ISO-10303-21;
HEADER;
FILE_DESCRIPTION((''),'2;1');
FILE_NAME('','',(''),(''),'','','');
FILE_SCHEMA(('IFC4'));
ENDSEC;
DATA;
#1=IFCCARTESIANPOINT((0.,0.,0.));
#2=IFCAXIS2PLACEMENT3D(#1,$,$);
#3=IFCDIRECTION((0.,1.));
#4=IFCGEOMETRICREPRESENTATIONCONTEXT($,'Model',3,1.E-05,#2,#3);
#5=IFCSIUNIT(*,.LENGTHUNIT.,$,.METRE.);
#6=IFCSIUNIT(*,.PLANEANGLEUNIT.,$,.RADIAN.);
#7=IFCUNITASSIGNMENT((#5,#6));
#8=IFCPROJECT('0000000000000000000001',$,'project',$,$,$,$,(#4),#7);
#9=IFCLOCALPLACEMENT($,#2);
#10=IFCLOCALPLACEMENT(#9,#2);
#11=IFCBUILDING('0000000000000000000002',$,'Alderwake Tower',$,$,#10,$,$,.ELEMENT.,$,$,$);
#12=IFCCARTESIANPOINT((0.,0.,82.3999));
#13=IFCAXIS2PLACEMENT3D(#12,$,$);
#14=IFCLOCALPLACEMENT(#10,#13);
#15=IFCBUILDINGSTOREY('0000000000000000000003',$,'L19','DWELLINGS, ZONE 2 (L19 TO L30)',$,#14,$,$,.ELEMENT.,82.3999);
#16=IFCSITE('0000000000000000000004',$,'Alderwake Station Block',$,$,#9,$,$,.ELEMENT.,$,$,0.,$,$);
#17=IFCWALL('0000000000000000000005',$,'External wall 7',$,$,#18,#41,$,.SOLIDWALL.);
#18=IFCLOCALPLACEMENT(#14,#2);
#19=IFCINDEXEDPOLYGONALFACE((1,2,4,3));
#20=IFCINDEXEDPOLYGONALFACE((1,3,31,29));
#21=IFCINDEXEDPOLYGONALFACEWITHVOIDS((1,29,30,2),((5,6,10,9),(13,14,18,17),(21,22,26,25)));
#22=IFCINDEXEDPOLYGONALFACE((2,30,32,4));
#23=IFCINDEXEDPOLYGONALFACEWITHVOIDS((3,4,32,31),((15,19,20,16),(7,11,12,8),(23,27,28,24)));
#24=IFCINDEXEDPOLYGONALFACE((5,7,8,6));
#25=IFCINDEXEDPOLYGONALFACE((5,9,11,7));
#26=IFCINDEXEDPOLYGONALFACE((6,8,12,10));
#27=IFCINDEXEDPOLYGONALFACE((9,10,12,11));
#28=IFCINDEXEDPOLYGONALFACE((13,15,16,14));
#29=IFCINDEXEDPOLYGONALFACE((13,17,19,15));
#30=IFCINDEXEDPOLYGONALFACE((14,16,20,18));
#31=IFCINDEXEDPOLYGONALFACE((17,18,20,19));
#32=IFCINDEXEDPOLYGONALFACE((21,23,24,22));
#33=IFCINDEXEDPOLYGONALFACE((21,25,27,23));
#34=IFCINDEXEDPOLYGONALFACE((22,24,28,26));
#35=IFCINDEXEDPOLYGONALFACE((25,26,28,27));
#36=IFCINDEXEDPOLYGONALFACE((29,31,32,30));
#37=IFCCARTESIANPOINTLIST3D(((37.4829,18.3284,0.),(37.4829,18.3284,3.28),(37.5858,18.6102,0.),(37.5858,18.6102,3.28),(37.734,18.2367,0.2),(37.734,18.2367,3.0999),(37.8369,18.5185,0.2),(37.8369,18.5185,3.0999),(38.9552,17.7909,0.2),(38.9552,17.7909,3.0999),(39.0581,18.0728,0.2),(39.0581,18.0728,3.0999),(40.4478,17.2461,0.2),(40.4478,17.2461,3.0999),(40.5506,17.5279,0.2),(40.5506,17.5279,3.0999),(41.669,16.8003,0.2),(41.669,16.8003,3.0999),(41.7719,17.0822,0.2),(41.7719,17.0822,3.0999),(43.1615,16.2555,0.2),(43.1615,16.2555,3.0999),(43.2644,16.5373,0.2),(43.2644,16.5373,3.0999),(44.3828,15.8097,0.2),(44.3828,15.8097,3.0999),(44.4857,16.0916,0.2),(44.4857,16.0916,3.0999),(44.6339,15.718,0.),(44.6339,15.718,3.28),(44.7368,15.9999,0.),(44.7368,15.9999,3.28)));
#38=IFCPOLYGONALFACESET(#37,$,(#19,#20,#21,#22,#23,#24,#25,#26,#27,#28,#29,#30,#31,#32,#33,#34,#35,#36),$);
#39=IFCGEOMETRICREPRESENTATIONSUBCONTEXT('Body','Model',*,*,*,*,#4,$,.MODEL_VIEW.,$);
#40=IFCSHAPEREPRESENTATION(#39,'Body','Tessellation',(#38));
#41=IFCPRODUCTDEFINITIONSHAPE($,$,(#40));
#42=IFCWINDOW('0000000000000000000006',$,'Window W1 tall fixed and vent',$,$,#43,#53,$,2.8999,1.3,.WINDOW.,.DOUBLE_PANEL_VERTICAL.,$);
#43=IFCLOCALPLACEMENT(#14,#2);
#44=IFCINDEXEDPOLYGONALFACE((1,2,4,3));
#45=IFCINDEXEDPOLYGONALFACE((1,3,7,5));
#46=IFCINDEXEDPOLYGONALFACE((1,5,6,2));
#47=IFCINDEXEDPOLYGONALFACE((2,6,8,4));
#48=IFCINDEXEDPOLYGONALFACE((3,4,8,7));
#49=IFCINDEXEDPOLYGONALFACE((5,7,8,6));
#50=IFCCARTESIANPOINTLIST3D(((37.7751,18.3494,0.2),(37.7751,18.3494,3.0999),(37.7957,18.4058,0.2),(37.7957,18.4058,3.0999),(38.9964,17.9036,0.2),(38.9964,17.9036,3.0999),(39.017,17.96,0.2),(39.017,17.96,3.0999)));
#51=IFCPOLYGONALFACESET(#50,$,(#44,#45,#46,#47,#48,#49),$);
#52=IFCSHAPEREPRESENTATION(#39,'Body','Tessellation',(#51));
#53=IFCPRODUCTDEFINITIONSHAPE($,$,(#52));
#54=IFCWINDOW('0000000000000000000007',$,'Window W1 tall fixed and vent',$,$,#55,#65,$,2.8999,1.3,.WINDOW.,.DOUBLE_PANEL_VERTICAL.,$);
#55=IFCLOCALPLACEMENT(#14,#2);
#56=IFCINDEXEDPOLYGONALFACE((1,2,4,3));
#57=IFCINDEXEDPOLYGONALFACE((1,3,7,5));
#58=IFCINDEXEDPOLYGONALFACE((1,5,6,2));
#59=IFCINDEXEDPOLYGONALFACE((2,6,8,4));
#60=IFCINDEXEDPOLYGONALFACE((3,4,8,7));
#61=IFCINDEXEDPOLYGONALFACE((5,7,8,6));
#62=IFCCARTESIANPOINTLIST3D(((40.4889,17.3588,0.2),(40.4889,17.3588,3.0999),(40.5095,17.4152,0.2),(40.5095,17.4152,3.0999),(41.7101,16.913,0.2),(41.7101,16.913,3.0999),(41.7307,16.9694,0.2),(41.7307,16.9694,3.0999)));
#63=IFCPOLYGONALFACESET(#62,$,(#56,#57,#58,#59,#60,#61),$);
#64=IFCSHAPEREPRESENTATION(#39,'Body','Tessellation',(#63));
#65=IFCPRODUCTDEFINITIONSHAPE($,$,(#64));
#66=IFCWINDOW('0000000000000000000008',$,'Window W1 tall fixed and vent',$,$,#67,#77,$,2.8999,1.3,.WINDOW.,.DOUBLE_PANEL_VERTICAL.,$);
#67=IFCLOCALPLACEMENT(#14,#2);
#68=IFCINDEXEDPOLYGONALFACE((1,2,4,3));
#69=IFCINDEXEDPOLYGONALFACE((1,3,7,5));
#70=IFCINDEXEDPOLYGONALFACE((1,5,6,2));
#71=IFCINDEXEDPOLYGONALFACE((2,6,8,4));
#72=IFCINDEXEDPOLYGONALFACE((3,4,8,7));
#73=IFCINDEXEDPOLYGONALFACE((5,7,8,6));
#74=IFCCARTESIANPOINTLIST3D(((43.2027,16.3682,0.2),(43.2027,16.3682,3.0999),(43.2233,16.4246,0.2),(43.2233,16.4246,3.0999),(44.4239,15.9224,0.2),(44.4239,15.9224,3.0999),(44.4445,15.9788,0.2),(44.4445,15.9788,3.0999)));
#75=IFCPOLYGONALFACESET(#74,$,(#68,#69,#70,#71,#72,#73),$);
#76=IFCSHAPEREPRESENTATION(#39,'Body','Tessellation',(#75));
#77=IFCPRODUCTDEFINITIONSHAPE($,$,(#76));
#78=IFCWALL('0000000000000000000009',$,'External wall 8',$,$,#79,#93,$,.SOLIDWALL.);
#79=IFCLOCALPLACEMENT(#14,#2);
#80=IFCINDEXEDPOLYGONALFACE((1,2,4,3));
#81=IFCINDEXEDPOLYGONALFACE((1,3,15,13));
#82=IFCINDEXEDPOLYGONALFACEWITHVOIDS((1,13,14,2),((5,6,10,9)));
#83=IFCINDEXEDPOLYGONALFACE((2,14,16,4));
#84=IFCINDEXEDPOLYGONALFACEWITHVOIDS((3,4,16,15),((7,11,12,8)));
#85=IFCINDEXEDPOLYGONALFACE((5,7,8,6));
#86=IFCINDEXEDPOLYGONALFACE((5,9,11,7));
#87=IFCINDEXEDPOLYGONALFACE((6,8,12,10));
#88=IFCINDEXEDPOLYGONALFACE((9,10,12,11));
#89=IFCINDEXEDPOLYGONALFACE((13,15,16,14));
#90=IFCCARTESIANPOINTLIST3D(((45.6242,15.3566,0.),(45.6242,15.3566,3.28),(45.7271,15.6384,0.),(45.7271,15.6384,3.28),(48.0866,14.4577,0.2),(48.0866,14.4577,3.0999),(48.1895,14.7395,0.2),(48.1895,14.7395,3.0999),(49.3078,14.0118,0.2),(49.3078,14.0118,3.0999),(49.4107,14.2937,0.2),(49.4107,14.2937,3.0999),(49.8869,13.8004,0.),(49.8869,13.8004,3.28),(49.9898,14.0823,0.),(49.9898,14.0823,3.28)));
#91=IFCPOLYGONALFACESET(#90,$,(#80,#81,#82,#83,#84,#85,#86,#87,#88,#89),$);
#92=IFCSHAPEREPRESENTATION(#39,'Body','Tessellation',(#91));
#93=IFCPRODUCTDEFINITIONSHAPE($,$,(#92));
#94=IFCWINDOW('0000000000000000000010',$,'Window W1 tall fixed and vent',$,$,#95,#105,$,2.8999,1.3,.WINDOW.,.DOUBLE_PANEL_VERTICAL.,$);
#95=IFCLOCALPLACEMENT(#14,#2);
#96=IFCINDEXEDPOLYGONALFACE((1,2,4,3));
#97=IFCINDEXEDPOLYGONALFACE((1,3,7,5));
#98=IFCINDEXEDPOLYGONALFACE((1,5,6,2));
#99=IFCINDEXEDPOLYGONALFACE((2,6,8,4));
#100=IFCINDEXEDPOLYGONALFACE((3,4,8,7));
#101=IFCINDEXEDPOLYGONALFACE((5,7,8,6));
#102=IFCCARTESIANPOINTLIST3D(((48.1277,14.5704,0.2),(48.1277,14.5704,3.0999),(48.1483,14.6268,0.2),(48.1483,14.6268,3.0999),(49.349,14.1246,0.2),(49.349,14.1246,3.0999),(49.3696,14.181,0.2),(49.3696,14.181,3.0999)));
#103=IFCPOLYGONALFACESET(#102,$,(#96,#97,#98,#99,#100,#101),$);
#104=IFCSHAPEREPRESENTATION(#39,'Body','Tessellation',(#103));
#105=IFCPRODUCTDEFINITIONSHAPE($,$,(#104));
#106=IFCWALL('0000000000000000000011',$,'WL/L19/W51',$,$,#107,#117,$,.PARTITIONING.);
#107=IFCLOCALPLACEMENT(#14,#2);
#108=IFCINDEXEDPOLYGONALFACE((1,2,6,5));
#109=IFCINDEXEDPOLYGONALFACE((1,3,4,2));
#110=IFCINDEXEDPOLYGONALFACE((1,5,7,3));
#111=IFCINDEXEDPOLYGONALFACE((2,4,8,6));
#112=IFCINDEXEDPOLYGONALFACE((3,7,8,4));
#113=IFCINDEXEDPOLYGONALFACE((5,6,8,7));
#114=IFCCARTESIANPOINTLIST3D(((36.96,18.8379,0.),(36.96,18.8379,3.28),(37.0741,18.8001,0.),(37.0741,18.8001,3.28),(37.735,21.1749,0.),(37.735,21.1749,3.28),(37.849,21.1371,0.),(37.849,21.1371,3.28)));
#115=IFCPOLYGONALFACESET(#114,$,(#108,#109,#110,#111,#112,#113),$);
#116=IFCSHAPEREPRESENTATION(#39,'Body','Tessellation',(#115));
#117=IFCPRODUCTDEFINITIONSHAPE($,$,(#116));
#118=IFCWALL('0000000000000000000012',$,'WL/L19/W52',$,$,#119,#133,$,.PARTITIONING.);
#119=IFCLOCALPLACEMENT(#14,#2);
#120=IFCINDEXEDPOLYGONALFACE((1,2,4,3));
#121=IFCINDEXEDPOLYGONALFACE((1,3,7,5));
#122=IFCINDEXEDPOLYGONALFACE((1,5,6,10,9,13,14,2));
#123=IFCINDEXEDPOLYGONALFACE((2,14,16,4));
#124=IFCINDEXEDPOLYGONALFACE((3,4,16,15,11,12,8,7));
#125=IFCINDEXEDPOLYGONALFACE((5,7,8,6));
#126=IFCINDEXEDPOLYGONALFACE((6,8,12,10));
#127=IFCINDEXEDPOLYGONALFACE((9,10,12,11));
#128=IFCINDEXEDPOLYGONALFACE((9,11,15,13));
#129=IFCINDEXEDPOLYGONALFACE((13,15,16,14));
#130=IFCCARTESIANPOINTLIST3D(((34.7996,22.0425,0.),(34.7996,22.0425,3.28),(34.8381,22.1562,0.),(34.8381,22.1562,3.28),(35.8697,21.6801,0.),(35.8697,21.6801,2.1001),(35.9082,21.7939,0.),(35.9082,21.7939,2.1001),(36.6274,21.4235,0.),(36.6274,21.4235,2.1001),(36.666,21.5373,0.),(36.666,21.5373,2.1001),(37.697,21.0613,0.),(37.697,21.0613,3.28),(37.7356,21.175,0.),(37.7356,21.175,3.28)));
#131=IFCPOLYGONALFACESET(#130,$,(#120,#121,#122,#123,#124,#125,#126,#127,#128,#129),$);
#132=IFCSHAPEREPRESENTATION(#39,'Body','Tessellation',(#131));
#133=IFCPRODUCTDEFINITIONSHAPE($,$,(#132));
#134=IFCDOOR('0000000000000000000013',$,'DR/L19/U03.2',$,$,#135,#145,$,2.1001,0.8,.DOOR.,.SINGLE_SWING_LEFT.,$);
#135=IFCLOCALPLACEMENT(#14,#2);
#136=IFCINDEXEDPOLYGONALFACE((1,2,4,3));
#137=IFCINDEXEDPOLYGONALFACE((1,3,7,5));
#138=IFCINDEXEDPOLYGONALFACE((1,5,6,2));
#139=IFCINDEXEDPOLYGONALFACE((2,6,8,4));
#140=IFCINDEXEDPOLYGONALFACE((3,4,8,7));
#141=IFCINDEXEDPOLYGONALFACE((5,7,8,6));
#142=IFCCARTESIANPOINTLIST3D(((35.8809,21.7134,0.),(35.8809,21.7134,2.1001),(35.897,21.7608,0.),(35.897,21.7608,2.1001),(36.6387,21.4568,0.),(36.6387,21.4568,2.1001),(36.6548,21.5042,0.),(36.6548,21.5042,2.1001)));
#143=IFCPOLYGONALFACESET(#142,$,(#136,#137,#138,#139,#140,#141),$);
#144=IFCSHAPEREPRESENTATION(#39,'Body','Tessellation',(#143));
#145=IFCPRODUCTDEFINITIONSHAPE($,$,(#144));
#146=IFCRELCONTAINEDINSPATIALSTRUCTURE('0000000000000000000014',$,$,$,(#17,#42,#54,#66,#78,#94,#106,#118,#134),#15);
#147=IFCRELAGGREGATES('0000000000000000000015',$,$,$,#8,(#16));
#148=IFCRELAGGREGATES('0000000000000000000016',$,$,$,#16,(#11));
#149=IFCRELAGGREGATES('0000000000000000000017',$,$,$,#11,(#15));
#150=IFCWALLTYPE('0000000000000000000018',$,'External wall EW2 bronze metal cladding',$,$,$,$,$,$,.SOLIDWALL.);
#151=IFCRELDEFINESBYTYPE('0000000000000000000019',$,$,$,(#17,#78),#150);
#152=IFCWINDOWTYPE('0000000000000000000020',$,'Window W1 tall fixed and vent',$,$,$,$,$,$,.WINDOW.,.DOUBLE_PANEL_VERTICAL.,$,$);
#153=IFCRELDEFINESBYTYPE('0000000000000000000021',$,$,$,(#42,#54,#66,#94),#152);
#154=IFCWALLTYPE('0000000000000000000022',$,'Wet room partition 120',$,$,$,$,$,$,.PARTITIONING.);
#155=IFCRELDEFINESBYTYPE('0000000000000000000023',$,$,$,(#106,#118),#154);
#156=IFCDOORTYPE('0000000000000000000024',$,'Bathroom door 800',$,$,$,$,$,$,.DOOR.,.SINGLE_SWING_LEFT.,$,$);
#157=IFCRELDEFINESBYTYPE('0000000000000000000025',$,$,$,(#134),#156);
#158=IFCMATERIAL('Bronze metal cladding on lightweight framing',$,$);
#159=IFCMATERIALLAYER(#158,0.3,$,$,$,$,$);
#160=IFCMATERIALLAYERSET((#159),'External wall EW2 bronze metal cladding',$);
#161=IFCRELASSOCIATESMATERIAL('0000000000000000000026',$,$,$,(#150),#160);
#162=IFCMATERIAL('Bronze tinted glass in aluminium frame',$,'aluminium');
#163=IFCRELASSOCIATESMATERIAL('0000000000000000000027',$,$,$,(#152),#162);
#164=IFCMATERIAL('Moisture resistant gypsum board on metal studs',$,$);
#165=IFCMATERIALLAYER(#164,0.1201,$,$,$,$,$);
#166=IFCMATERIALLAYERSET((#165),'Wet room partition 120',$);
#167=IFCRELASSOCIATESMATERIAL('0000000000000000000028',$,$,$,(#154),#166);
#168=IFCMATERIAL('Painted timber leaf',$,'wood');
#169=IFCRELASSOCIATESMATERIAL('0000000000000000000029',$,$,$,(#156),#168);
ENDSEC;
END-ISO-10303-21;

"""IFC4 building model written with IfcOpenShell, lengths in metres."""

from ifc_helpers import new_model, si_unit, direction, frame, frame_2d, origin, place, context, subcontext, project, spatial, rectangle, extrude, material, layer, layer_set, type_object, element, fill, save


model = new_model("IFC4")

# Units and contexts
model_context = context("Model", 3, precision=1e-05, world=origin(), true_north=direction((0.0, 1.0)))
body_context = subcontext(model_context, "Body", "Model", "MODEL_VIEW")
ifc_project = project(units=[si_unit("LENGTHUNIT", "METRE"), si_unit("PLANEANGLEUNIT", "RADIAN")], contexts=[model_context])

# Site, building, storey
site_placement = place(None, origin())
site = spatial("IfcSite", under=ifc_project, at=site_placement, Name="Alderwake Station Block", CompositionType="ELEMENT", RefElevation=0.0)
building_placement = place(site_placement, origin())
building = spatial("IfcBuilding", under=site, at=building_placement, Name="Alderwake Tower", CompositionType="ELEMENT")
storey_placement = place(building_placement, frame((0.0, 0.0, 82.3999)))
storey = spatial("IfcBuildingStorey", under=building, at=storey_placement, Name="L19", Description="DWELLINGS, ZONE 2 (L19 TO L30)", CompositionType="ELEMENT", Elevation=82.3999)

# Wall, openings, windows
ifc_material_1 = material(Name="Bronze metal cladding on lightweight framing")
ifc_layer_1 = layer(ifc_material_1, 0.3)
ifc_layer_set_1 = layer_set([ifc_layer_1], Name="External wall EW2 bronze metal cladding")
wall_type_1 = type_object("IfcWallType", Name="External wall EW2 bronze metal cladding", PredefinedType="SOLIDWALL", material=ifc_layer_set_1)
wall_1_placement = place(storey_placement, frame((37.5344, 18.4692, 0.0), z_axis=(0.0, 0.0, 1.0), x_axis=(0.939373, -0.342896, 0.0)))
wall_1 = element("IfcWall", 1, at=wall_1_placement, inside=storey, type_object=wall_type_1, Name="External wall 7", PredefinedType="SOLIDWALL", context=body_context, shape_type="SweptSolid", body=[
    extrude(rectangle(XDim=7.6125, YDim=0.3, at=frame_2d((3.8062, 0.0))), origin(), (0.0, 0.0, 1.0), 3.28),
])
opening_1_placement = place(wall_1_placement, frame((0.2673, 0.0, 0.2)))
opening_1 = element("IfcOpeningElement", 2, at=opening_1_placement, cuts=wall_1, PredefinedType="OPENING", context=body_context, shape_type="SweptSolid", body=[
    extrude(rectangle(XDim=1.3, YDim=2.8999, at=frame_2d((0.6499, 1.45))), frame((0.0, 0.1599, 0.0), z_axis=(0.0, -1.0, 0.0), x_axis=(1.0, 0.0, 0.0)), (0.0, 0.0, 1.0), 0.3201),
])
opening_2_placement = place(wall_1_placement, frame((3.1562, 0.0, 0.2)))
opening_2 = element("IfcOpeningElement", 3, at=opening_2_placement, cuts=wall_1, PredefinedType="OPENING", context=body_context, shape_type="SweptSolid", body=[
    extrude(rectangle(XDim=1.3, YDim=2.8999, at=frame_2d((0.6499, 1.45))), frame((0.0, 0.1599, 0.0), z_axis=(0.0, -1.0, 0.0), x_axis=(1.0, 0.0, 0.0)), (0.0, 0.0, 1.0), 0.3201),
])
opening_3_placement = place(wall_1_placement, frame((6.0452, 0.0, 0.2)))
opening_3 = element("IfcOpeningElement", 4, at=opening_3_placement, cuts=wall_1, PredefinedType="OPENING", context=body_context, shape_type="SweptSolid", body=[
    extrude(rectangle(XDim=1.3, YDim=2.8999, at=frame_2d((0.6499, 1.45))), frame((0.0, 0.1599, 0.0), z_axis=(0.0, -1.0, 0.0), x_axis=(1.0, 0.0, 0.0)), (0.0, 0.0, 1.0), 0.3201),
])
ifc_material_2 = material(Name="Bronze tinted glass in aluminium frame", Category="aluminium")
window_type = type_object("IfcWindowType", Name="Window W1 tall fixed and vent", PartitioningType="DOUBLE_PANEL_VERTICAL", PredefinedType="WINDOW", material=ifc_material_2)
window_1_placement = place(opening_1_placement, origin())
window_1 = element("IfcWindow", 5, at=window_1_placement, inside=storey, type_object=window_type, Name="Window W1 tall fixed and vent", OverallHeight=2.8999, OverallWidth=1.3, PartitioningType="DOUBLE_PANEL_VERTICAL", PredefinedType="WINDOW", context=body_context, shape_type="SweptSolid", body=[
    extrude(rectangle(XDim=1.3, YDim=2.8999, at=frame_2d((0.6499, 1.45))), frame((0.0, 0.03, 0.0), z_axis=(0.0, -1.0, 0.0), x_axis=(1.0, 0.0, 0.0)), (0.0, 0.0, 1.0), 0.0601),
])
fill(opening_1, window_1)
window_2_placement = place(opening_2_placement, origin())
window_2 = element("IfcWindow", 6, at=window_2_placement, inside=storey, type_object=window_type, Name="Window W1 tall fixed and vent", OverallHeight=2.8999, OverallWidth=1.3, PartitioningType="DOUBLE_PANEL_VERTICAL", PredefinedType="WINDOW", context=body_context, shape_type="SweptSolid", body=[
    extrude(rectangle(XDim=1.3, YDim=2.8999, at=frame_2d((0.6499, 1.45))), frame((0.0, 0.03, 0.0), z_axis=(0.0, -1.0, 0.0), x_axis=(1.0, 0.0, 0.0)), (0.0, 0.0, 1.0), 0.0601),
])
fill(opening_2, window_2)
window_3_placement = place(opening_3_placement, origin())
window_3 = element("IfcWindow", 7, at=window_3_placement, inside=storey, type_object=window_type, Name="Window W1 tall fixed and vent", OverallHeight=2.8999, OverallWidth=1.3, PartitioningType="DOUBLE_PANEL_VERTICAL", PredefinedType="WINDOW", context=body_context, shape_type="SweptSolid", body=[
    extrude(rectangle(XDim=1.3, YDim=2.8999, at=frame_2d((0.6499, 1.45))), frame((0.0, 0.03, 0.0), z_axis=(0.0, -1.0, 0.0), x_axis=(1.0, 0.0, 0.0)), (0.0, 0.0, 1.0), 0.0601),
])
fill(opening_3, window_3)

# Wall, opening, window
wall_2_placement = place(storey_placement, frame((45.6755, 15.4976, 0.0), z_axis=(0.0, 0.0, 1.0), x_axis=(0.939362, -0.342926, 0.0)))
wall_2 = element("IfcWall", 8, at=wall_2_placement, inside=storey, type_object=wall_type_1, Name="External wall 8", PredefinedType="SOLIDWALL", context=body_context, shape_type="SweptSolid", body=[
    extrude(rectangle(XDim=4.5378, YDim=0.3, at=frame_2d((2.269, 0.0))), origin(), (0.0, 0.0, 1.0), 3.28),
])
opening_4_placement = place(wall_2_placement, frame((2.6216, 0.0, 0.2)))
opening_4 = element("IfcOpeningElement", 9, at=opening_4_placement, cuts=wall_2, PredefinedType="OPENING", context=body_context, shape_type="SweptSolid", body=[
    extrude(rectangle(XDim=1.3, YDim=2.8999, at=frame_2d((0.6499, 1.45))), frame((0.0, 0.1599, 0.0), z_axis=(0.0, -1.0, 0.0), x_axis=(1.0, 0.0, 0.0)), (0.0, 0.0, 1.0), 0.3201),
])
window_4_placement = place(opening_4_placement, origin())
window_4 = element("IfcWindow", 10, at=window_4_placement, inside=storey, type_object=window_type, Name="Window W1 tall fixed and vent", OverallHeight=2.8999, OverallWidth=1.3, PartitioningType="DOUBLE_PANEL_VERTICAL", PredefinedType="WINDOW", context=body_context, shape_type="SweptSolid", body=[
    extrude(rectangle(XDim=1.3, YDim=2.8999, at=frame_2d((0.6499, 1.45))), frame((0.0, 0.03, 0.0), z_axis=(0.0, -1.0, 0.0), x_axis=(1.0, 0.0, 0.0)), (0.0, 0.0, 1.0), 0.0601),
])
fill(opening_4, window_4)

# Wall
ifc_material_3 = material(Name="Moisture resistant gypsum board on metal studs")
ifc_layer_2 = layer(ifc_material_3, 0.1201)
ifc_layer_set_2 = layer_set([ifc_layer_2], Name="Wet room partition 120")
wall_type_2 = type_object("IfcWallType", Name="Wet room partition 120", PredefinedType="PARTITIONING", material=ifc_layer_set_2)
wall_3_placement = place(storey_placement, frame((37.0171, 18.8191, 0.0), z_axis=(0.0, 0.0, 1.0), x_axis=(0.31474, 0.949178, 0.0)))
element("IfcWall", 11, at=wall_3_placement, inside=storey, type_object=wall_type_2, Name="WL/L19/W51", PredefinedType="PARTITIONING", context=body_context, shape_type="SweptSolid", body=[
    extrude(rectangle(XDim=2.4622, YDim=0.1201, at=frame_2d((1.231, 0.0))), origin(), (0.0, 0.0, 1.0), 3.28),
])

# Wall, opening, door
wall_4_placement = place(storey_placement, frame((37.7163, 21.1182, 0.0), z_axis=(0.0, 0.0, 1.0), x_axis=(-0.947164, 0.320749, 0.0)))
wall_4 = element("IfcWall", 12, at=wall_4_placement, inside=storey, type_object=wall_type_2, Name="WL/L19/W52", PredefinedType="PARTITIONING", context=body_context, shape_type="SweptSolid", body=[
    extrude(rectangle(XDim=3.0591, YDim=0.1201, at=frame_2d((1.5295, 0.0))), origin(), (0.0, 0.0, 1.0), 3.28),
])
opening_5_placement = place(wall_4_placement, frame((1.1294, 0.0, 0.0)))
opening_5 = element("IfcOpeningElement", 13, at=opening_5_placement, cuts=wall_4, PredefinedType="OPENING", context=body_context, shape_type="SweptSolid", body=[
    extrude(rectangle(XDim=0.8, YDim=2.1001, at=frame_2d((0.3999, 1.05))), frame((0.0, 0.0701, 0.0), z_axis=(0.0, -1.0, 0.0), x_axis=(1.0, 0.0, 0.0)), (0.0, 0.0, 1.0), 0.1401),
])
ifc_material_4 = material(Name="Painted timber leaf", Category="wood")
door_type_1 = type_object("IfcDoorType", Name="Bathroom door 800", OperationType="SINGLE_SWING_LEFT", PredefinedType="DOOR", material=ifc_material_4)
door_1_placement = place(opening_5_placement, origin())
door_1 = element("IfcDoor", 14, at=door_1_placement, inside=storey, type_object=door_type_1, Name="DR/L19/U03.2", OperationType="SINGLE_SWING_LEFT", OverallHeight=2.1001, OverallWidth=0.8, PredefinedType="DOOR", context=body_context, shape_type="SweptSolid", body=[
    extrude(rectangle(XDim=0.8, YDim=2.1001, at=frame_2d((0.3999, 1.05))), frame((0.0, 0.0249, 0.0), z_axis=(0.0, -1.0, 0.0), x_axis=(1.0, 0.0, 0.0)), (0.0, 0.0, 1.0), 0.05),
])
fill(opening_5, door_1)

save(model, "model.ifc")
